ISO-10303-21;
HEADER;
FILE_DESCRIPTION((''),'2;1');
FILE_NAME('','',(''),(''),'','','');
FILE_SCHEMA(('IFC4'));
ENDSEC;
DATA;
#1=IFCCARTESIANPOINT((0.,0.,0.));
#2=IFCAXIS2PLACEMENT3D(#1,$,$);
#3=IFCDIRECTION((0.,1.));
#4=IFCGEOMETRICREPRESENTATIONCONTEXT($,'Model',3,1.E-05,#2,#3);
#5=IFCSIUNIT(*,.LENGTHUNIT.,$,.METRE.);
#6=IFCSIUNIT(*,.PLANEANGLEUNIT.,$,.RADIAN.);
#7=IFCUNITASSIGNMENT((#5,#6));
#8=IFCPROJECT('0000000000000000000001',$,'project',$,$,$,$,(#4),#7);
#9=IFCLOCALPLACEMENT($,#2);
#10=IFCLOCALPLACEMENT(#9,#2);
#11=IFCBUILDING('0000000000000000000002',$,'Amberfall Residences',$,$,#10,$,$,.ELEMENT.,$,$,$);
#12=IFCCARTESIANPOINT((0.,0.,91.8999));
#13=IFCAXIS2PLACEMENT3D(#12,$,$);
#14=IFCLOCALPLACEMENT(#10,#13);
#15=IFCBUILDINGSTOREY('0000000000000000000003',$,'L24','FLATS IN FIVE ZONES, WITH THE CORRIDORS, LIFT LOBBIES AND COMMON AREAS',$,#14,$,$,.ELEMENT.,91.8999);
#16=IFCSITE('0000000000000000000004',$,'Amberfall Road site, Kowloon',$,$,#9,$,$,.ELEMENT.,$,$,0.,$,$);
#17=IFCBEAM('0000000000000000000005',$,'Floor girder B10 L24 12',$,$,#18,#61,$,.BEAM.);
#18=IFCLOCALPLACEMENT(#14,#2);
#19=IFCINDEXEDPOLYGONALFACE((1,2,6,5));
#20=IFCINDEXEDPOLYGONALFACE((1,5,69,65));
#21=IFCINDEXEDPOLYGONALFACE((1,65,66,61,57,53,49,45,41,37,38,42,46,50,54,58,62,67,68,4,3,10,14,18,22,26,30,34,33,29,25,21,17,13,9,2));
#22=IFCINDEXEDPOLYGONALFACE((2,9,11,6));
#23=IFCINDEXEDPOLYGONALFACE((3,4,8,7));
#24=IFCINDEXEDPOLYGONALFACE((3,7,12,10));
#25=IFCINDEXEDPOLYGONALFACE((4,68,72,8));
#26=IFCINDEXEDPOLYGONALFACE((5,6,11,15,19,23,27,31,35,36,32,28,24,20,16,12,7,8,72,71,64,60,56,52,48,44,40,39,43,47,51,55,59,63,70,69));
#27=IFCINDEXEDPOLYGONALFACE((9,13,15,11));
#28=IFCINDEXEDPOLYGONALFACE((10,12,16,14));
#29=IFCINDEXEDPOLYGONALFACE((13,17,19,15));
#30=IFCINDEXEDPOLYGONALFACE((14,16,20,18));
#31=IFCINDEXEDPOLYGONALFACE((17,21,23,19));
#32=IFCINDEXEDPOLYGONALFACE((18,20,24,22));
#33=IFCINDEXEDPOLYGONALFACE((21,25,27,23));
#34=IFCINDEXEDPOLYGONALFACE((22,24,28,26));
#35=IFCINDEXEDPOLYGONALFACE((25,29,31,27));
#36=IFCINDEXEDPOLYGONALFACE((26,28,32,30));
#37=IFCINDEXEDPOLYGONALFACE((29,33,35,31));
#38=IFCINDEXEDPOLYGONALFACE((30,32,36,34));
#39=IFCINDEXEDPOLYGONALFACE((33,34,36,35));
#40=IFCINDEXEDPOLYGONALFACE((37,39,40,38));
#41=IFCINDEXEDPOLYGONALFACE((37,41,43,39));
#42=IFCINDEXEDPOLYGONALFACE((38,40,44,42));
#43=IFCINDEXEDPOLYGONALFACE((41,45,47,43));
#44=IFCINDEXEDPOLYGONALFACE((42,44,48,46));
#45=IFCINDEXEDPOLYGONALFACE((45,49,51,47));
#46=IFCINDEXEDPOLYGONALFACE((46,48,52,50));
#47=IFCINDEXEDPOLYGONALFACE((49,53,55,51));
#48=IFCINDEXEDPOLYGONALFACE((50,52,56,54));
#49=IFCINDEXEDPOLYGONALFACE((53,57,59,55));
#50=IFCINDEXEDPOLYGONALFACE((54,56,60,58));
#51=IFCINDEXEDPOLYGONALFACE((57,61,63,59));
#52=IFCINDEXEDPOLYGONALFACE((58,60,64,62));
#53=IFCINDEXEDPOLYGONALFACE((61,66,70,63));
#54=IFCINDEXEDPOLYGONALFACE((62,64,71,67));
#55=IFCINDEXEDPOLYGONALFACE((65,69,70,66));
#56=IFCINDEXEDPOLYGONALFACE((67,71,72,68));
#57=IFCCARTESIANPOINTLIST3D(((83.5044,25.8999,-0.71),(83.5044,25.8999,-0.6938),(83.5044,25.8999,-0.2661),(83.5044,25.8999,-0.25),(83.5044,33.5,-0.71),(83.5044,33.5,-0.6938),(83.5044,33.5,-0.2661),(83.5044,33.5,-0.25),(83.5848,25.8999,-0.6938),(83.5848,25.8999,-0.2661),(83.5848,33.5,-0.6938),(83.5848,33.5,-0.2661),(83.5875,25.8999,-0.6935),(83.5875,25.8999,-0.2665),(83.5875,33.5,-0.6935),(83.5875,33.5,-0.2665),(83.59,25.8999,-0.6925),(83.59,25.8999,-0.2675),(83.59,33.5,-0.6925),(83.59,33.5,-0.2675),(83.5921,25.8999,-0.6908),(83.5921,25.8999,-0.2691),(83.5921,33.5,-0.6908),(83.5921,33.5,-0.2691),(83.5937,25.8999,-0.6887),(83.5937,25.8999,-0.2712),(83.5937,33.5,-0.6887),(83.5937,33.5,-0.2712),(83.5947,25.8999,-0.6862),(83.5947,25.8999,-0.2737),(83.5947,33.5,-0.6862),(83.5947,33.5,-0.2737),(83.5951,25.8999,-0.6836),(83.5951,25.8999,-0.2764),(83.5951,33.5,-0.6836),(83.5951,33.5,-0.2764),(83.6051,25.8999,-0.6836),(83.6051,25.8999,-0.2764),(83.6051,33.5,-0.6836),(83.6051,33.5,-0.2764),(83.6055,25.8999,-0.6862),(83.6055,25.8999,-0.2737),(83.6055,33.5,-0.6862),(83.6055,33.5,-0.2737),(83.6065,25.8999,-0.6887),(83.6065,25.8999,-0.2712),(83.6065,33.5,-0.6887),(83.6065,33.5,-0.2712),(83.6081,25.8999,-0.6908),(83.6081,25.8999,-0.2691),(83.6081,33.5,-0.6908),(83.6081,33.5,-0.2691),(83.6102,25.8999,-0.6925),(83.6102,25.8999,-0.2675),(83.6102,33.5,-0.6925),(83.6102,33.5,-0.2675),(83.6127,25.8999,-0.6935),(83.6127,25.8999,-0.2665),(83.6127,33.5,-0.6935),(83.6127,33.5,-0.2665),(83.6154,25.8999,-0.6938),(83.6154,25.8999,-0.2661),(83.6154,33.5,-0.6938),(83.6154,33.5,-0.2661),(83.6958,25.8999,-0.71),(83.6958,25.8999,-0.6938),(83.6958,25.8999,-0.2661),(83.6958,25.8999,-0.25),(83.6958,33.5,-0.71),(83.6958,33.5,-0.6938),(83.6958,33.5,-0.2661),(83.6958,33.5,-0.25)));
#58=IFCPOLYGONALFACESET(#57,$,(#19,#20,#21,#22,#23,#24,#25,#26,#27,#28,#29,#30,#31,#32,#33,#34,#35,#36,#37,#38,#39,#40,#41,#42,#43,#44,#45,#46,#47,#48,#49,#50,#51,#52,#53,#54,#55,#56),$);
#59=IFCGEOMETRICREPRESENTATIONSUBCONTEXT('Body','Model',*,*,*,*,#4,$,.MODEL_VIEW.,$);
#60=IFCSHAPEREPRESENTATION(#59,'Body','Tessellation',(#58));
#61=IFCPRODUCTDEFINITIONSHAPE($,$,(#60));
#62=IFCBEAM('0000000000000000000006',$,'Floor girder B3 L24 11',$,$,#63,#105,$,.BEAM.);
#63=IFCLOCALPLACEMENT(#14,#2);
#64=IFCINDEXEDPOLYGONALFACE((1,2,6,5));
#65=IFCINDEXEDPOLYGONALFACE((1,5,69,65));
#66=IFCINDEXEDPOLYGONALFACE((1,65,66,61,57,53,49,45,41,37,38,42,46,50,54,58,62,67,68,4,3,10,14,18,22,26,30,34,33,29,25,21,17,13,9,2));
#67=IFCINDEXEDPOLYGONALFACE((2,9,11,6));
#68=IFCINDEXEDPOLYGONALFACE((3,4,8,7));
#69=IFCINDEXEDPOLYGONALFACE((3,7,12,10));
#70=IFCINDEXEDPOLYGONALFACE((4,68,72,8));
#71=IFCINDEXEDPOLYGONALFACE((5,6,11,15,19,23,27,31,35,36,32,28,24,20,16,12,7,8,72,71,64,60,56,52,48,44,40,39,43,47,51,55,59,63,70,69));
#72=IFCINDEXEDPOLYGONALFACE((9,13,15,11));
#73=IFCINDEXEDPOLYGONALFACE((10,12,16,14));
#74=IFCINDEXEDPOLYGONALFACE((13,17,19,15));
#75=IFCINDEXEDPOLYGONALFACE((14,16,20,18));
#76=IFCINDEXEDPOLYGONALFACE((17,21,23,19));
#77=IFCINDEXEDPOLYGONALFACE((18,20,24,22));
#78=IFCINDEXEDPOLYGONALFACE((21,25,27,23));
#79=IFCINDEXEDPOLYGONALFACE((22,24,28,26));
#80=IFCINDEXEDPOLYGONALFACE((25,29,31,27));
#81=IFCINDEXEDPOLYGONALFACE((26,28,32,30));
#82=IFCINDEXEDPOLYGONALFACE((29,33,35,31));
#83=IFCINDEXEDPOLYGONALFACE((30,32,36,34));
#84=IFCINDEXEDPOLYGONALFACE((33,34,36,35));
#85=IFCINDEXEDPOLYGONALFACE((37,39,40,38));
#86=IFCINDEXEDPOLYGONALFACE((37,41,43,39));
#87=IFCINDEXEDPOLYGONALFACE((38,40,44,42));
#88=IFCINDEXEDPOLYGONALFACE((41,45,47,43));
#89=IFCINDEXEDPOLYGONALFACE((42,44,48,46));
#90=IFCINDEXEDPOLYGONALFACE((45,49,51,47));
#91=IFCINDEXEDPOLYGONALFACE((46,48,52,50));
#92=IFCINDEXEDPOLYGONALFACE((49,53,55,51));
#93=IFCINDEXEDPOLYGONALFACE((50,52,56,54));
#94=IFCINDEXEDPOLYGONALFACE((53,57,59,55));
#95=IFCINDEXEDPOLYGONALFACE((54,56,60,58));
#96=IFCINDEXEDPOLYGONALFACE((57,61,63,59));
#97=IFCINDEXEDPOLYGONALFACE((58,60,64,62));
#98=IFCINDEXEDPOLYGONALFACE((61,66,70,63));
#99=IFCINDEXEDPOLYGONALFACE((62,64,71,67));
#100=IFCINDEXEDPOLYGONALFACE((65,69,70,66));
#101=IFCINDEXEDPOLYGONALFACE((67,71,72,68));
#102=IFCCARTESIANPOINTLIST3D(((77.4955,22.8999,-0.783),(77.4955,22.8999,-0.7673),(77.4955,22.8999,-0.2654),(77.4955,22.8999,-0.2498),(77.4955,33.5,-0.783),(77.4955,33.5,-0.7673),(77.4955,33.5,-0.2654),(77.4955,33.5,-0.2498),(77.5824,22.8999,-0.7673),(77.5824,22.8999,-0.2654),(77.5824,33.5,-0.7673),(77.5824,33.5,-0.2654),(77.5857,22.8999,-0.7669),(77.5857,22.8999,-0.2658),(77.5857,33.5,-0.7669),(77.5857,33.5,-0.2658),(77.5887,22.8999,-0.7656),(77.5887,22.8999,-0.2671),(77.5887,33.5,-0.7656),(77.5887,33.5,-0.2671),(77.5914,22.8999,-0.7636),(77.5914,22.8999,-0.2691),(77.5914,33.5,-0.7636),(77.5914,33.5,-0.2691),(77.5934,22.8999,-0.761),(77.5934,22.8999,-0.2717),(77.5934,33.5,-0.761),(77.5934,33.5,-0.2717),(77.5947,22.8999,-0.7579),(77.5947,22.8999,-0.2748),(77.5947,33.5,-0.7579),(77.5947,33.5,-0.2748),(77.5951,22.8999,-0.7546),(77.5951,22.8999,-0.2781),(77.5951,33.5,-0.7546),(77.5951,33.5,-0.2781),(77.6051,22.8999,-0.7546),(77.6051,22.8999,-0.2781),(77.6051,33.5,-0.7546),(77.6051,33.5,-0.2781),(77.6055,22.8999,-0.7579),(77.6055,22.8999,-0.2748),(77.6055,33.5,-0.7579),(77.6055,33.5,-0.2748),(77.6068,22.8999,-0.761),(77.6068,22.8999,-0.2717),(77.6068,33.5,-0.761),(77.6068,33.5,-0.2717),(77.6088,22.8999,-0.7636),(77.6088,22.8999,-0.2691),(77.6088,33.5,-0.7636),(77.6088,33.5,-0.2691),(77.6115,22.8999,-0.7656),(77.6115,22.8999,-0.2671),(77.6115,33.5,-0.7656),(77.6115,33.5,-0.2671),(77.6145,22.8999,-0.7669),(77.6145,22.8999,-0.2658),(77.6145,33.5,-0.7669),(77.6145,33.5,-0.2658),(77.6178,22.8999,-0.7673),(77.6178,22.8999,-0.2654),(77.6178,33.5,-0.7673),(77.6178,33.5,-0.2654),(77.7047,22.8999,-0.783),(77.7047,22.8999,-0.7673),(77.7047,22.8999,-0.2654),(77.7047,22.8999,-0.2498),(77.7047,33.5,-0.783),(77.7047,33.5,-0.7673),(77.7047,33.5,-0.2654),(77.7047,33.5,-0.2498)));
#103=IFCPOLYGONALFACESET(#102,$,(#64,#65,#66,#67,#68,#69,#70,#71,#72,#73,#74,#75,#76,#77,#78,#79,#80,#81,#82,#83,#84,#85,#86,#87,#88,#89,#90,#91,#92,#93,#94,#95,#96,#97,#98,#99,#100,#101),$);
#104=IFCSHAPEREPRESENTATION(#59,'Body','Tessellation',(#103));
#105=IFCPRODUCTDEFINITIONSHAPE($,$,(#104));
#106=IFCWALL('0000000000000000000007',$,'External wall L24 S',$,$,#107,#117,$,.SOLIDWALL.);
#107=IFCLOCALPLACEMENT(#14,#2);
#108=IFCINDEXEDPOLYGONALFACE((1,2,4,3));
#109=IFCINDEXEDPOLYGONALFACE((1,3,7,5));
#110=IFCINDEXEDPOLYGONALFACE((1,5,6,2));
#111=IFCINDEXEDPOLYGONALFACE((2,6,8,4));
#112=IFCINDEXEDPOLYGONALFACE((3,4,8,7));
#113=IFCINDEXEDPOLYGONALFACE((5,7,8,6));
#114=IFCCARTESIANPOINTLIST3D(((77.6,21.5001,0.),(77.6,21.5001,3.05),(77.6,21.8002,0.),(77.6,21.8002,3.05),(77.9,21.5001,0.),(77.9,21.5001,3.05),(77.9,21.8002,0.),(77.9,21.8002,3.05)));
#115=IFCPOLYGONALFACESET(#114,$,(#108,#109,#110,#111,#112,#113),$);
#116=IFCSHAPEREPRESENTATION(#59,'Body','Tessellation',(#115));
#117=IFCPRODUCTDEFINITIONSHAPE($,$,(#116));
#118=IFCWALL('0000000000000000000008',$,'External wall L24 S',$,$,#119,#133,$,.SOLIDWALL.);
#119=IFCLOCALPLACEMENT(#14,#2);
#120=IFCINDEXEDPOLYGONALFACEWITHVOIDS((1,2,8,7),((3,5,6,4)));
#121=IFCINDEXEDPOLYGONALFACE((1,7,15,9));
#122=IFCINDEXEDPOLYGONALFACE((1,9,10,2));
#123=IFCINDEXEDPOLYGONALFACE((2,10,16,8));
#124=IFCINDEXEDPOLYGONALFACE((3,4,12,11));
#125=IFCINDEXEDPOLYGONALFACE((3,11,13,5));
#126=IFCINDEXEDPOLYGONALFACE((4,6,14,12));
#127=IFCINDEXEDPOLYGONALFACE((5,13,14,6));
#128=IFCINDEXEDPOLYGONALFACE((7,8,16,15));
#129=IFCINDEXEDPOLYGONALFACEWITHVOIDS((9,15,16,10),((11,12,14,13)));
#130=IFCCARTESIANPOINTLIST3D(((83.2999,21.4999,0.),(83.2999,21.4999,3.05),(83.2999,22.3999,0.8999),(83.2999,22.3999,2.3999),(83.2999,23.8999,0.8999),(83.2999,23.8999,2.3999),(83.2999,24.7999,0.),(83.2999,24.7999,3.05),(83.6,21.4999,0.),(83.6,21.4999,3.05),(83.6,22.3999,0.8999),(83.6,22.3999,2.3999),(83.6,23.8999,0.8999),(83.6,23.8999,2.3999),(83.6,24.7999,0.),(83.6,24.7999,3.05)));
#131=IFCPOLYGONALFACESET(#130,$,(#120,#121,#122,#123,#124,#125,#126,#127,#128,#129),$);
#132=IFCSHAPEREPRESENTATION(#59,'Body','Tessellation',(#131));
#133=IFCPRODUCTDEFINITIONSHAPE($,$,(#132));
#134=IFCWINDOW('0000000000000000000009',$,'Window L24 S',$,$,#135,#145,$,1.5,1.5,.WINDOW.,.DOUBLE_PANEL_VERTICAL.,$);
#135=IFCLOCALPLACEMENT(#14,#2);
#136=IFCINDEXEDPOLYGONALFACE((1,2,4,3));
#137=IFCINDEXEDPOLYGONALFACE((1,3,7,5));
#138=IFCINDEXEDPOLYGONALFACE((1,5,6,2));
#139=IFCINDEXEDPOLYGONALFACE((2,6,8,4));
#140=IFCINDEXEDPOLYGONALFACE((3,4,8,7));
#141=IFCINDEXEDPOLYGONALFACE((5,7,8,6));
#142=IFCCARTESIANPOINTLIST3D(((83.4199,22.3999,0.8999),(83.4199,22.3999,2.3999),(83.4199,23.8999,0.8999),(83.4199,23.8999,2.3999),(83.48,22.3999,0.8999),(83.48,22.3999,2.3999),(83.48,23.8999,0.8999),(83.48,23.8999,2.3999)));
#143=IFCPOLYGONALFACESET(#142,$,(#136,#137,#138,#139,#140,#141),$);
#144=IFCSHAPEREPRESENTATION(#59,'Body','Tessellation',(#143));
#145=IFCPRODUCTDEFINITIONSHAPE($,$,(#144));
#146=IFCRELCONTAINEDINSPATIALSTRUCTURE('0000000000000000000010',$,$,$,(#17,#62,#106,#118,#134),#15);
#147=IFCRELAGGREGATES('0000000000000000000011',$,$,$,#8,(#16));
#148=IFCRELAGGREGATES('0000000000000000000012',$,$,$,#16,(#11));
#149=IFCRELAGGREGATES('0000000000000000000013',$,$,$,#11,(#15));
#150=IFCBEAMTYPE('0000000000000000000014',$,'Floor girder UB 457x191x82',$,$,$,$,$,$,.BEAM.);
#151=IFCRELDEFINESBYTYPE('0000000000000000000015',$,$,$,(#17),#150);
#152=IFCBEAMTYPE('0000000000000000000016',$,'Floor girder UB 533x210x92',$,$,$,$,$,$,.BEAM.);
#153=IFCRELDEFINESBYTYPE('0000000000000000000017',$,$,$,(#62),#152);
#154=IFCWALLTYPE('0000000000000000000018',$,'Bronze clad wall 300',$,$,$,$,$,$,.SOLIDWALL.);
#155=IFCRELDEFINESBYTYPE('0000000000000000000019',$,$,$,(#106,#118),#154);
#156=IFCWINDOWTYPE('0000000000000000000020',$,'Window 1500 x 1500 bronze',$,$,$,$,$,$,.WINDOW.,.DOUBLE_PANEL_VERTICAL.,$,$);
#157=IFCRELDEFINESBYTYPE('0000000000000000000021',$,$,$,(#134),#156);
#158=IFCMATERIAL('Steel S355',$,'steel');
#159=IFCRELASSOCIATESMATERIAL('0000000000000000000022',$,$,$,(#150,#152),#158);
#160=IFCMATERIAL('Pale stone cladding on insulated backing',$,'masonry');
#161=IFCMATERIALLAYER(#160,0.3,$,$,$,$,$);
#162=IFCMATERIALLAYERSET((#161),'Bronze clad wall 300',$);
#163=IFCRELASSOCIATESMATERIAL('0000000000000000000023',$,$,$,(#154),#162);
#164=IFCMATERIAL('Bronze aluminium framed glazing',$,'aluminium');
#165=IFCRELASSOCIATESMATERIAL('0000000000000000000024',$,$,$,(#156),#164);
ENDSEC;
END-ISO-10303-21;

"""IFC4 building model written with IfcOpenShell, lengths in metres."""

from ifc_helpers import new_model, si_unit, direction, frame, frame_2d, origin, origin_2d, place, context, subcontext, project, spatial, rectangle, i_section, extrude, material, layer, layer_set, material_profile, profile_set, type_object, element, fill, save


model = new_model("IFC4")

# Units and contexts
model_context = context("Model", 3, precision=1e-05, world=origin(), true_north=direction((0.0, 1.0)))
body_context = subcontext(model_context, "Body", "Model", "MODEL_VIEW")
ifc_project = project(units=[si_unit("LENGTHUNIT", "METRE"), si_unit("PLANEANGLEUNIT", "RADIAN")], contexts=[model_context])

# Site, building, storey
site_placement = place(None, origin())
site = spatial("IfcSite", under=ifc_project, at=site_placement, Name="Amberfall Road site, Kowloon", CompositionType="ELEMENT", RefElevation=0.0)
building_placement = place(site_placement, origin())
building = spatial("IfcBuilding", under=site, at=building_placement, Name="Amberfall Residences", CompositionType="ELEMENT")
storey_placement = place(building_placement, frame((0.0, 0.0, 91.8999)))
storey = spatial("IfcBuildingStorey", under=building, at=storey_placement, Name="L24", Description="FLATS IN FIVE ZONES, WITH THE CORRIDORS, LIFT LOBBIES AND COMMON AREAS", CompositionType="ELEMENT", Elevation=91.8999)

# Beams
ifc_material_1 = material(Name="Steel S355", Category="steel")
ifc_material_profile_1 = material_profile(ifc_material_1, i_section(OverallWidth=0.1914, OverallDepth=0.46, WebThickness=0.01, FlangeThickness=0.0161, FilletRadius=0.0103, at=origin_2d()), Name="UB 457x191x82")
ifc_profile_set_1 = profile_set([ifc_material_profile_1], Name="Steel S355")
beam_type_1 = type_object("IfcBeamType", Name="Floor girder UB 457x191x82", PredefinedType="BEAM", material=ifc_profile_set_1)
beam_1_placement = place(storey_placement, frame((83.6001, 25.8999, -0.48), z_axis=(0.0, 1.0, 0.0), x_axis=(-1.0, 0.0, 0.0)))
element("IfcBeam", 1, at=beam_1_placement, inside=storey, type_object=beam_type_1, Name="Floor girder B10 L24 12", PredefinedType="BEAM", context=body_context, shape_type="SweptSolid", body=[
    extrude(i_section(OverallWidth=0.1914, OverallDepth=0.46, WebThickness=0.01, FlangeThickness=0.0161, FilletRadius=0.0103, at=origin_2d()), origin(), (0.0, 0.0, 1.0), 7.6001),
])
ifc_material_profile_2 = material_profile(ifc_material_1, i_section(OverallWidth=0.2092, OverallDepth=0.5332, WebThickness=0.01, FlangeThickness=0.0156, FilletRadius=0.0127, at=origin_2d()), Name="UB 533x210x92")
ifc_profile_set_2 = profile_set([ifc_material_profile_2], Name="Steel S355")
beam_type_2 = type_object("IfcBeamType", Name="Floor girder UB 533x210x92", PredefinedType="BEAM", material=ifc_profile_set_2)
beam_2_placement = place(storey_placement, frame((77.6001, 22.8999, -0.5164), z_axis=(0.0, 1.0, 0.0), x_axis=(-1.0, 0.0, 0.0)))
element("IfcBeam", 2, at=beam_2_placement, inside=storey, type_object=beam_type_2, Name="Floor girder B3 L24 11", PredefinedType="BEAM", context=body_context, shape_type="SweptSolid", body=[
    extrude(i_section(OverallWidth=0.2092, OverallDepth=0.5332, WebThickness=0.01, FlangeThickness=0.0156, FilletRadius=0.0127, at=origin_2d()), origin(), (0.0, 0.0, 1.0), 10.6001),
])

# Wall
ifc_material_2 = material(Name="Pale stone cladding on insulated backing", Category="masonry")
ifc_layer_1 = layer(ifc_material_2, 0.3)
ifc_layer_set_1 = layer_set([ifc_layer_1], Name="Bronze clad wall 300")
wall_type_1 = type_object("IfcWallType", Name="Bronze clad wall 300", PredefinedType="SOLIDWALL", material=ifc_layer_set_1)
wall_1_placement = place(storey_placement, frame((77.75, 21.8, 0.0), z_axis=(0.0, 0.0, 1.0), x_axis=(0.0, -1.0, 0.0)))
element("IfcWall", 3, at=wall_1_placement, inside=storey, type_object=wall_type_1, Name="External wall L24 S", PredefinedType="SOLIDWALL", context=body_context, shape_type="SweptSolid", body=[
    extrude(rectangle(XDim=0.3, YDim=0.3, at=frame_2d((0.1499, 0.0))), origin(), (0.0, 0.0, 1.0), 3.05),
])

# Wall, opening, window
wall_2_placement = place(storey_placement, frame((83.45, 21.5, 0.0), z_axis=(0.0, 0.0, 1.0), x_axis=(0.0, 1.0, 0.0)))
wall_2 = element("IfcWall", 4, at=wall_2_placement, inside=storey, type_object=wall_type_1, Name="External wall L24 S", PredefinedType="SOLIDWALL", context=body_context, shape_type="SweptSolid", body=[
    extrude(rectangle(XDim=3.3, YDim=0.3, at=frame_2d((1.6499, 0.0))), origin(), (0.0, 0.0, 1.0), 3.05),
])
opening_1_placement = place(wall_2_placement, frame((0.8999, 0.0, 0.8999)))
opening_1 = element("IfcOpeningElement", 5, at=opening_1_placement, cuts=wall_2, PredefinedType="OPENING", context=body_context, shape_type="SweptSolid", body=[
    extrude(rectangle(XDim=1.5, YDim=1.5, at=frame_2d((0.75, 0.75))), frame((0.0, 0.1599, 0.0), z_axis=(0.0, -1.0, 0.0), x_axis=(1.0, 0.0, 0.0)), (0.0, 0.0, 1.0), 0.3201),
])
ifc_material_3 = material(Name="Bronze aluminium framed glazing", Category="aluminium")
window_type_1 = type_object("IfcWindowType", Name="Window 1500 x 1500 bronze", PartitioningType="DOUBLE_PANEL_VERTICAL", PredefinedType="WINDOW", material=ifc_material_3)
window_1_placement = place(opening_1_placement, origin())
window_1 = element("IfcWindow", 6, at=window_1_placement, inside=storey, type_object=window_type_1, Name="Window L24 S", OverallHeight=1.5, OverallWidth=1.5, PartitioningType="DOUBLE_PANEL_VERTICAL", PredefinedType="WINDOW", context=body_context, shape_type="SweptSolid", body=[
    extrude(rectangle(XDim=1.5, YDim=1.5, at=frame_2d((0.75, 0.75))), frame((0.0, 0.03, 0.0), z_axis=(0.0, -1.0, 0.0), x_axis=(1.0, 0.0, 0.0)), (0.0, 0.0, 1.0), 0.0601),
])
fill(opening_1, window_1)

save(model, "model.ifc")
